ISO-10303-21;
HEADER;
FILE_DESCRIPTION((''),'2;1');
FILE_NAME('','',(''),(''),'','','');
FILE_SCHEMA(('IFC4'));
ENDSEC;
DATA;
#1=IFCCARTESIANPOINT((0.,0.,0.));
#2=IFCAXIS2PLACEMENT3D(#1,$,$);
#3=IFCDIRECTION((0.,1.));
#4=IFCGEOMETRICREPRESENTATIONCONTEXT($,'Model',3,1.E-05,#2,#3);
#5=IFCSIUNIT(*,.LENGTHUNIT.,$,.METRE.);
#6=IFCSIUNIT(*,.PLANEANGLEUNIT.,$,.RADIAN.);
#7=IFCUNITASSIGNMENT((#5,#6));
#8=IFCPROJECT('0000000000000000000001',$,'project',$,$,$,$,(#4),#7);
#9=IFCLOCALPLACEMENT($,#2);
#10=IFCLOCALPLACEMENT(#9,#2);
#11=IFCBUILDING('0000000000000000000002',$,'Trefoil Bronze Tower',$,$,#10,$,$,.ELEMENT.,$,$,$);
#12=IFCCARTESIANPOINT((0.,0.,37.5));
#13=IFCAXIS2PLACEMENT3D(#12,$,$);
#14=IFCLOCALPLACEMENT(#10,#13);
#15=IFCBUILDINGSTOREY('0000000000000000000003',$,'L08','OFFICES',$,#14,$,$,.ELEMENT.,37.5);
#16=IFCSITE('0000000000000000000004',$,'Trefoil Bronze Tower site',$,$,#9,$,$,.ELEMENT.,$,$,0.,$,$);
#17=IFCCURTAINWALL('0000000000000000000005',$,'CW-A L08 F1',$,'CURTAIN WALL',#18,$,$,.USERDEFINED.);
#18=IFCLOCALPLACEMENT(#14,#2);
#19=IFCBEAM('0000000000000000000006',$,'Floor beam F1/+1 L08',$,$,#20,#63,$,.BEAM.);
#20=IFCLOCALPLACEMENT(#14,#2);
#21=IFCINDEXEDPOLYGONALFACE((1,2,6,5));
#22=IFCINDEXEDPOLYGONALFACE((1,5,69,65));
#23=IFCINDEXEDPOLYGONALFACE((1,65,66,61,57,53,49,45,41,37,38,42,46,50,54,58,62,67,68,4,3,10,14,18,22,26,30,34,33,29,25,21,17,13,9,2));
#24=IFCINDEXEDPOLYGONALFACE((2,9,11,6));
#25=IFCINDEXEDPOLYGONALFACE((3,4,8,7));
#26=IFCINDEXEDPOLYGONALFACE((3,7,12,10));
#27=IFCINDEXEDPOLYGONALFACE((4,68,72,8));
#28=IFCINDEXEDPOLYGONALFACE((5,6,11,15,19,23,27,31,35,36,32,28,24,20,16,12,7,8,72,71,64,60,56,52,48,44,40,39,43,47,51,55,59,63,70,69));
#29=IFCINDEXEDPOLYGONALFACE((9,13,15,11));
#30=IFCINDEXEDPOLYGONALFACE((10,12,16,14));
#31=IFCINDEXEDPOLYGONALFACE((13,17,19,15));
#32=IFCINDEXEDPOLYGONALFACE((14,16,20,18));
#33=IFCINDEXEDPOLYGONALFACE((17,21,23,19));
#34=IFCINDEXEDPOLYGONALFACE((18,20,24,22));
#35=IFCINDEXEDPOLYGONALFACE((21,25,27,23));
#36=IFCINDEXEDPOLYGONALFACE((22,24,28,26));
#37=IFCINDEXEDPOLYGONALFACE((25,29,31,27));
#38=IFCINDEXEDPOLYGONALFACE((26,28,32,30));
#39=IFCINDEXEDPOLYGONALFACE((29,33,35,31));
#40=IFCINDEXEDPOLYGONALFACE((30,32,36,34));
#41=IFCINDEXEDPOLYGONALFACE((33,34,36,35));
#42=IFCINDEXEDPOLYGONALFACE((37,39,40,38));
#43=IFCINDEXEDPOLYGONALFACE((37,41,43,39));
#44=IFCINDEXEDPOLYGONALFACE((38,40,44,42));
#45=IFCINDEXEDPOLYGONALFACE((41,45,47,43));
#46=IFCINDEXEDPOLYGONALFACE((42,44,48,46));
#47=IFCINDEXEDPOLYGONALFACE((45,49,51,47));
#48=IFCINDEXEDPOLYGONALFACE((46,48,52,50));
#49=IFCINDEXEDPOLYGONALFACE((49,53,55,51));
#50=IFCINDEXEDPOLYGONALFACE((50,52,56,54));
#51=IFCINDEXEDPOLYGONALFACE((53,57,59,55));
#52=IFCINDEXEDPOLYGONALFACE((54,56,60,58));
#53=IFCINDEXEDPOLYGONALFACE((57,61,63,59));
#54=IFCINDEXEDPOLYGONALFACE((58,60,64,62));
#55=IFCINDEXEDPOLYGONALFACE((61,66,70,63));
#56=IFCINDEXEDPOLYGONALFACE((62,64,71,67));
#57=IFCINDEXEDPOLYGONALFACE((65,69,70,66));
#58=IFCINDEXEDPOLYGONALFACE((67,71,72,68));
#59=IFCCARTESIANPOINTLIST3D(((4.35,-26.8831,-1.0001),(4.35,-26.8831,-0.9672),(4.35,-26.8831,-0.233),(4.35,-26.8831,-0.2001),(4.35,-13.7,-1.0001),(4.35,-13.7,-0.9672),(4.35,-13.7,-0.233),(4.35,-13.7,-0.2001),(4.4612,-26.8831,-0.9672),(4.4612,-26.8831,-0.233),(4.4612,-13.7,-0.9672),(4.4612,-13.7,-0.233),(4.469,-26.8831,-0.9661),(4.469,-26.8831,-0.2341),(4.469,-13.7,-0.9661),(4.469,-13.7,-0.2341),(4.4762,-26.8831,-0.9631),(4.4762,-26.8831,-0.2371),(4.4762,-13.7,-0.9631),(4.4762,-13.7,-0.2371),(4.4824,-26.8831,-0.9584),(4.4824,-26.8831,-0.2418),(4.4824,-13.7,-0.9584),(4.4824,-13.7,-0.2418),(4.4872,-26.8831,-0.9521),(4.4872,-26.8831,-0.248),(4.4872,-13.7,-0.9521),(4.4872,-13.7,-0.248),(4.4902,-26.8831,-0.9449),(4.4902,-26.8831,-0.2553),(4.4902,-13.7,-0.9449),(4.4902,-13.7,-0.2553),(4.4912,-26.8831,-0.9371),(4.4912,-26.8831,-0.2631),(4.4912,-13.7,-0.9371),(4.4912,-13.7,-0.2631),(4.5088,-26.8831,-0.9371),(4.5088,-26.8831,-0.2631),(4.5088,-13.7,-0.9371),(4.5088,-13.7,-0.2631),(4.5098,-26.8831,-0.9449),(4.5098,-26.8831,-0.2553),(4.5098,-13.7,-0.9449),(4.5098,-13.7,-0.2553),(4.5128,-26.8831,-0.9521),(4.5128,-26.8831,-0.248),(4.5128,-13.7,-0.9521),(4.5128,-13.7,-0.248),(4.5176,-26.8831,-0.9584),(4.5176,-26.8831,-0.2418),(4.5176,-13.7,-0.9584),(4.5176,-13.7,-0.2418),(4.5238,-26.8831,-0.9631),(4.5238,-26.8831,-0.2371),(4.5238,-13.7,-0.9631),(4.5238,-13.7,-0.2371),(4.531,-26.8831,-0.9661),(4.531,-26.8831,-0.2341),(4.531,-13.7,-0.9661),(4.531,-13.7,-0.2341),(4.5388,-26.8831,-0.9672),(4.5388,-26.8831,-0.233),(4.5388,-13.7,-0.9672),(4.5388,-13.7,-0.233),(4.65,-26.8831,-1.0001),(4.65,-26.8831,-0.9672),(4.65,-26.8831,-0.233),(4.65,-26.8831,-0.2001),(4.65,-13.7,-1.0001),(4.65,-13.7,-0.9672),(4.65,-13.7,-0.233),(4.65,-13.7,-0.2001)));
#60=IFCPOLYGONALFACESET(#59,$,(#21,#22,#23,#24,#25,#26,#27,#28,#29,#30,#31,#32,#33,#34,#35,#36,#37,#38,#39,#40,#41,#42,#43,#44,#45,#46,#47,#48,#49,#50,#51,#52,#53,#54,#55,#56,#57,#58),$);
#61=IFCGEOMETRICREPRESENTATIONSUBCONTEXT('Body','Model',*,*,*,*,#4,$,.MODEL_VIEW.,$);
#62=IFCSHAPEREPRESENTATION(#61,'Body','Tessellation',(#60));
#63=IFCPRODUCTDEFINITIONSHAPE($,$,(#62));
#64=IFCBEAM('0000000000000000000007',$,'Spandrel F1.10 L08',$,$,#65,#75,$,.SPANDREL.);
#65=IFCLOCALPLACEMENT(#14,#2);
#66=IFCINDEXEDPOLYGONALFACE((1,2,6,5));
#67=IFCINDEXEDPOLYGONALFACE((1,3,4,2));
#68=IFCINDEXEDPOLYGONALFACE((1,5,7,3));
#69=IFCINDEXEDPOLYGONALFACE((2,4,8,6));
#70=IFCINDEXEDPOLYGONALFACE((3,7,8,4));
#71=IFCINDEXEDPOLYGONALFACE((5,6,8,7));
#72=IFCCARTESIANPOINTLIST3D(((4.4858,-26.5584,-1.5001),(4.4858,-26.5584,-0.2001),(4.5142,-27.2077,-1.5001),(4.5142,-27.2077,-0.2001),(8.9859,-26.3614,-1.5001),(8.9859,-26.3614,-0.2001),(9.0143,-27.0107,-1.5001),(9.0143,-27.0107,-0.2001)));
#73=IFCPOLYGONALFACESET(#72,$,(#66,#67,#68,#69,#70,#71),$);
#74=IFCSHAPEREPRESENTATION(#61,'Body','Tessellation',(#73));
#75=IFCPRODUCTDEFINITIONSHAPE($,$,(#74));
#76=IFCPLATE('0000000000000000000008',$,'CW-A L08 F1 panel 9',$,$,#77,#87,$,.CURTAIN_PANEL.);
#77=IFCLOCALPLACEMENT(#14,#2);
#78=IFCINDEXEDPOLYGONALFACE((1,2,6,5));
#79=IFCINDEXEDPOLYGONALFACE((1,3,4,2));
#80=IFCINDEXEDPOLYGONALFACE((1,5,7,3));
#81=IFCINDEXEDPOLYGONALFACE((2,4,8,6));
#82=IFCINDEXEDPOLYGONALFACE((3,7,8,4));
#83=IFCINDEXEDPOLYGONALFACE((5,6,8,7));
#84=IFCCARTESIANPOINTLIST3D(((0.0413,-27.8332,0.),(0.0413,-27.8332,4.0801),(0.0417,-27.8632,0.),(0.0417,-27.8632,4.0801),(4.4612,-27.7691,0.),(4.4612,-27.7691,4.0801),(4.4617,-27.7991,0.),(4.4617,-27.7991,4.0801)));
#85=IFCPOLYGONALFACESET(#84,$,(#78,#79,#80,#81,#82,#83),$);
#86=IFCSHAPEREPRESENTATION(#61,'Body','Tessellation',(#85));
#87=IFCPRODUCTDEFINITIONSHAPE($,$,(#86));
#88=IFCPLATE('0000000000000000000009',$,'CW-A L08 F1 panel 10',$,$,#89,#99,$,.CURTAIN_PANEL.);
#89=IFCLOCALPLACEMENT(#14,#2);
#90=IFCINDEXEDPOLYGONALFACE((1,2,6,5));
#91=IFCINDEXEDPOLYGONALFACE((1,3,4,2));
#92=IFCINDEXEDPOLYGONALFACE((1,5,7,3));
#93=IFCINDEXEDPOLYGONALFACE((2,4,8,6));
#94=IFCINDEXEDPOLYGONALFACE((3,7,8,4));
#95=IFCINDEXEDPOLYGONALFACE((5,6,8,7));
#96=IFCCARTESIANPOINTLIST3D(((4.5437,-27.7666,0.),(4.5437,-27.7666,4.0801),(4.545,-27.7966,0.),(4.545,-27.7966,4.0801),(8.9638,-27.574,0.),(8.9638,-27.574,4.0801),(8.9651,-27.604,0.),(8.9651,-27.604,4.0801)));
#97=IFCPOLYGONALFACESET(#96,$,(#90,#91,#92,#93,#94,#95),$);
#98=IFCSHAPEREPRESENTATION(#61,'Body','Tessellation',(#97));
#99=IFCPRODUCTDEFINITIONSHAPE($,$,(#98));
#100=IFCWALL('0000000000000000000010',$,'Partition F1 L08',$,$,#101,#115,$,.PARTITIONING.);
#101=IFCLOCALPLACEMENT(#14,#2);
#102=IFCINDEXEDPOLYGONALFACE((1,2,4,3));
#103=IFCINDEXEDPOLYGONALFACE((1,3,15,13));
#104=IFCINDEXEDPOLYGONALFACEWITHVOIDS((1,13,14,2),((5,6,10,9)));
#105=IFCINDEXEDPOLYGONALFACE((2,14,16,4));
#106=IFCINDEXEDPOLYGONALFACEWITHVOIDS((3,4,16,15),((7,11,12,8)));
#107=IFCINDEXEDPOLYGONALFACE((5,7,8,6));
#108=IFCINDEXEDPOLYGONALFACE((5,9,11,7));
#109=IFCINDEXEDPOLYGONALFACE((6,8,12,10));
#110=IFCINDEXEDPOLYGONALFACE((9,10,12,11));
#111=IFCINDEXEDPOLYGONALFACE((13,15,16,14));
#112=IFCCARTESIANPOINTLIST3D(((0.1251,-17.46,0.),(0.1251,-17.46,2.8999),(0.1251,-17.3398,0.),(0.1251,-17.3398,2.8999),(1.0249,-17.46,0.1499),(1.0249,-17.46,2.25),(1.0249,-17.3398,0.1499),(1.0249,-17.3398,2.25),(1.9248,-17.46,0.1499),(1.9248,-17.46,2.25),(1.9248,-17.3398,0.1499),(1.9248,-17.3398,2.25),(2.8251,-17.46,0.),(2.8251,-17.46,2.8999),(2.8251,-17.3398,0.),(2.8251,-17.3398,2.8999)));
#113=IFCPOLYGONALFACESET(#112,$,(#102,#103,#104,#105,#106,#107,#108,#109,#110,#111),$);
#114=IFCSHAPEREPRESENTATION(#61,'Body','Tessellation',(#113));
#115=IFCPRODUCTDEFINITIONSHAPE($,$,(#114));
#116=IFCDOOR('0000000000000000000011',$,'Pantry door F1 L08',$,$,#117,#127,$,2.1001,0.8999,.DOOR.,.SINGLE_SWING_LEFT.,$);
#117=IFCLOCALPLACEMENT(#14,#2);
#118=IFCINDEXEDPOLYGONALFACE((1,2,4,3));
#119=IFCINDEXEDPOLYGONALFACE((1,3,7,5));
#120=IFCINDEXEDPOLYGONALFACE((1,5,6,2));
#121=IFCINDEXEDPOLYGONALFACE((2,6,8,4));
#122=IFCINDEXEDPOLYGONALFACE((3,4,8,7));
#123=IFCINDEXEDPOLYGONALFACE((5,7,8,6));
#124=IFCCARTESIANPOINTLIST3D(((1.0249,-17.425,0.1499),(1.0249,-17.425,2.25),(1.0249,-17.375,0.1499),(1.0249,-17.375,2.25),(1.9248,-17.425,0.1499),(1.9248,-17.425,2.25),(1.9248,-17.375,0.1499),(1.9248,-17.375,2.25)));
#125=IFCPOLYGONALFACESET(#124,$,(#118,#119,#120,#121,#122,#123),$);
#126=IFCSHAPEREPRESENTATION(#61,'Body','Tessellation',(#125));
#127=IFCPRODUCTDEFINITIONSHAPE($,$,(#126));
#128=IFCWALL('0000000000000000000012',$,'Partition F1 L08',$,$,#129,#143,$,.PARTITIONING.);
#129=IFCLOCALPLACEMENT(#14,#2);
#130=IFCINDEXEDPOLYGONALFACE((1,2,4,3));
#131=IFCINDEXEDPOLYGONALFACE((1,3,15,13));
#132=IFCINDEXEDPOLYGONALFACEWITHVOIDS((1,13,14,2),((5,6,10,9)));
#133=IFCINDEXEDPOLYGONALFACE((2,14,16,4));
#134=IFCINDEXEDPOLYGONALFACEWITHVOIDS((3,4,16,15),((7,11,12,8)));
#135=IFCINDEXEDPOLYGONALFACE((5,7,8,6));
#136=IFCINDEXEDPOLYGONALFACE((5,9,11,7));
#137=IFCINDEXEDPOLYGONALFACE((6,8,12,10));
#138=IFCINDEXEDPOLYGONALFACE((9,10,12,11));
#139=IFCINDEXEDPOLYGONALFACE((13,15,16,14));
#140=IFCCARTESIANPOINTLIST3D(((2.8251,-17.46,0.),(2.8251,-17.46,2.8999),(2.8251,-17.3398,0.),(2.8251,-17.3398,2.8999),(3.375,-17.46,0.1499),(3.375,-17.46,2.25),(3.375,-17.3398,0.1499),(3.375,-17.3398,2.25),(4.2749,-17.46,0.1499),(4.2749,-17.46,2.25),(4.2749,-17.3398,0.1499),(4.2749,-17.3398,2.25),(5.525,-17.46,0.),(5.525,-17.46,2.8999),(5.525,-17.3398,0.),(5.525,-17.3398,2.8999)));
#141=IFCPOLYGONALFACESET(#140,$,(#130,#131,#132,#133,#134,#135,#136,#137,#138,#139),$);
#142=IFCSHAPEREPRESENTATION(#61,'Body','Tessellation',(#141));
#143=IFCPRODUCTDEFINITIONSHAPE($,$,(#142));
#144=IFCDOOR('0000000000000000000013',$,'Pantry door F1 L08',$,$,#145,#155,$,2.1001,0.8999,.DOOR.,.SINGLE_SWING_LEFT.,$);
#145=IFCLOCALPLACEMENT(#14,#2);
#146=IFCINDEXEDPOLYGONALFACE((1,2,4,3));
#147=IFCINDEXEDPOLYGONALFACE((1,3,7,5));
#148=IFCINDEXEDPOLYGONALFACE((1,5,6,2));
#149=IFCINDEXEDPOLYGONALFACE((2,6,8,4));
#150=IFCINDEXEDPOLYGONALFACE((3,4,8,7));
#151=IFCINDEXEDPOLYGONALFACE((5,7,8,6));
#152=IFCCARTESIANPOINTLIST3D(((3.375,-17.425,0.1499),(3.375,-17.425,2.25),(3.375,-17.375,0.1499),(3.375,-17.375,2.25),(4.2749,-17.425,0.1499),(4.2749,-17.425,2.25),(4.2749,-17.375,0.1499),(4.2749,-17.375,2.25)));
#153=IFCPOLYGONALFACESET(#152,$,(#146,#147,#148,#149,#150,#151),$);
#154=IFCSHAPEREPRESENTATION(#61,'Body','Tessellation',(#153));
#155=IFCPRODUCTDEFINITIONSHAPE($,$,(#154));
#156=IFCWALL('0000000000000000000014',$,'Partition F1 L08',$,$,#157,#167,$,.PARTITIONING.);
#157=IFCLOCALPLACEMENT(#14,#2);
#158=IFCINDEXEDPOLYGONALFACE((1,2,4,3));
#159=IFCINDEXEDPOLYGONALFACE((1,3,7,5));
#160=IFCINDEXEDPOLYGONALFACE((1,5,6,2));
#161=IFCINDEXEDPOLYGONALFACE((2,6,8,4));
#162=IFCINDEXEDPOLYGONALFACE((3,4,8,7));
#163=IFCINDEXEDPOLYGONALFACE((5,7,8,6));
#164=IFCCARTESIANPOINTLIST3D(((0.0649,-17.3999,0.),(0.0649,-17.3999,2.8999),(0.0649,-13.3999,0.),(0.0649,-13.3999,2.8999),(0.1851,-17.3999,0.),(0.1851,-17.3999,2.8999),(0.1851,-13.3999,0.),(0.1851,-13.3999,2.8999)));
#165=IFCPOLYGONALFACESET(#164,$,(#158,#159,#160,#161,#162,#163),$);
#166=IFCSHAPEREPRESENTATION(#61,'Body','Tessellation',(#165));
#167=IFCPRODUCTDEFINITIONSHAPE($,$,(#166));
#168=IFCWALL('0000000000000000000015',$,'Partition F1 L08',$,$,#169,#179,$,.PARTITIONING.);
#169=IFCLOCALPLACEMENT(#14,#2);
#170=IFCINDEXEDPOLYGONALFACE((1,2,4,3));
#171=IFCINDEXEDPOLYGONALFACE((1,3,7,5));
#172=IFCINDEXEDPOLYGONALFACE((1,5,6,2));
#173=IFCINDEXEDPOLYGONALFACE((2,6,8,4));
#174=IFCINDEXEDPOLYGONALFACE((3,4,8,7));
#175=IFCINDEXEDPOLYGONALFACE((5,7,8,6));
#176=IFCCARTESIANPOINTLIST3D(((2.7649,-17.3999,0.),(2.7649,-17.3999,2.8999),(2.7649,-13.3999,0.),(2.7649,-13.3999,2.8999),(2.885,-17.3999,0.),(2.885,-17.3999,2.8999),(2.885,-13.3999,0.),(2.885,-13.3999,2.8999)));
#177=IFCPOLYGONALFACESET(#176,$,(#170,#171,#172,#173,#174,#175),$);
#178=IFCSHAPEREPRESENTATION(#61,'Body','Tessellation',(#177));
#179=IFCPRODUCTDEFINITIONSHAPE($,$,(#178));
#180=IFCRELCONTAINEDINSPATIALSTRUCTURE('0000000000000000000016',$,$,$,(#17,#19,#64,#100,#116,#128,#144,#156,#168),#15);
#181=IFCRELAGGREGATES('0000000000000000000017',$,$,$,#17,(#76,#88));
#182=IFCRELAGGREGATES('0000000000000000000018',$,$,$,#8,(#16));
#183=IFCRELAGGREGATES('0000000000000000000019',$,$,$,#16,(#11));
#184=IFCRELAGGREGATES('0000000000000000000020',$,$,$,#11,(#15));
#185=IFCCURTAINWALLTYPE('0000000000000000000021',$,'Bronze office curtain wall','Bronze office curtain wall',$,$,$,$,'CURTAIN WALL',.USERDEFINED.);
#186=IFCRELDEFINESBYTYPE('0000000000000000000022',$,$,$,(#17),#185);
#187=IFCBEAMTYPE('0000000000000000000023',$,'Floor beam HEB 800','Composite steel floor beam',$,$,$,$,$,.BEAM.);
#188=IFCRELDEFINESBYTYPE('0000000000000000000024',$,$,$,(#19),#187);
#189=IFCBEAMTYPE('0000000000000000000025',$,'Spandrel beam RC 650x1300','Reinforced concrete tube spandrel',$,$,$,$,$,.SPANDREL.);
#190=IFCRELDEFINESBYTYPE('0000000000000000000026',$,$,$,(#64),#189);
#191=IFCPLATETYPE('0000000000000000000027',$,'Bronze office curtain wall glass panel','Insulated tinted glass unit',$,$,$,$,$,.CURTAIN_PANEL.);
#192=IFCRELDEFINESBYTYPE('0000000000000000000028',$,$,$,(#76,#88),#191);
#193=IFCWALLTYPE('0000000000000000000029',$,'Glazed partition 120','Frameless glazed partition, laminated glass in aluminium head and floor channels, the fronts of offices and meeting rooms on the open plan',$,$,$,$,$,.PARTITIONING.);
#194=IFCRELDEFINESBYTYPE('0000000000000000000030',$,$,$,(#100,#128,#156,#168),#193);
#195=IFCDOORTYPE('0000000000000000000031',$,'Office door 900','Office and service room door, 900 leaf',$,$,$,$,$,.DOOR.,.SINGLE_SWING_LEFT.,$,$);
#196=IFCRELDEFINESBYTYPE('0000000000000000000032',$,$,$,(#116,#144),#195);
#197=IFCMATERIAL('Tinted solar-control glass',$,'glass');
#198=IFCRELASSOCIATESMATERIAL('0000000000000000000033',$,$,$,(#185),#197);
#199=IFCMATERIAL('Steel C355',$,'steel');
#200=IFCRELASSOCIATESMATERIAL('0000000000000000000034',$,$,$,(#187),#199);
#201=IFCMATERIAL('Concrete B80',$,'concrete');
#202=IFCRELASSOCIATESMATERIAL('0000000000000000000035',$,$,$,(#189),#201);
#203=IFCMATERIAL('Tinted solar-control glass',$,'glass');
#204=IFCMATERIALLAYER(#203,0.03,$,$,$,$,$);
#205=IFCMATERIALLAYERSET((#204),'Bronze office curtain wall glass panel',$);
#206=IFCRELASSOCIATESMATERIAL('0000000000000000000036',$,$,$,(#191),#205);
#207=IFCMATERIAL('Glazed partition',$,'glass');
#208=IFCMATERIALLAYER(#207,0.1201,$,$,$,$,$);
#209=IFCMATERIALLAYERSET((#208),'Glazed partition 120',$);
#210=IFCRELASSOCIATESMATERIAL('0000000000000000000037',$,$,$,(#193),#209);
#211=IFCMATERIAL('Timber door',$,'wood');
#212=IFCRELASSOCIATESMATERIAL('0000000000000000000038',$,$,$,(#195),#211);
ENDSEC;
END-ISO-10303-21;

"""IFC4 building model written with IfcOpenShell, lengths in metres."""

from ifc_helpers import new_model, si_unit, direction, frame, frame_2d, origin, origin_2d, place, context, subcontext, project, spatial, rectangle, i_section, extrude, material, layer, layer_set, material_profile, profile_set, type_object, element, fill, aggregate, save


model = new_model("IFC4")

# Units and contexts
model_context = context("Model", 3, precision=1e-05, world=origin(), true_north=direction((0.0, 1.0)))
body_context = subcontext(model_context, "Body", "Model", "MODEL_VIEW")
ifc_project = project(units=[si_unit("LENGTHUNIT", "METRE"), si_unit("PLANEANGLEUNIT", "RADIAN")], contexts=[model_context])

# Site, building, storey
site_placement = place(None, origin())
site = spatial("IfcSite", under=ifc_project, at=site_placement, Name="Trefoil Bronze Tower site", CompositionType="ELEMENT", RefElevation=0.0)
building_placement = place(site_placement, origin())
building = spatial("IfcBuilding", under=site, at=building_placement, Name="Trefoil Bronze Tower", CompositionType="ELEMENT")
storey_placement = place(building_placement, frame((0.0, 0.0, 37.5)))
storey = spatial("IfcBuildingStorey", under=building, at=storey_placement, Name="L08", Description="OFFICES", CompositionType="ELEMENT", Elevation=37.5)

# Curtain wall
ifc_material_1 = material(Name="Tinted solar-control glass", Category="glass")
curtain_wall_type = type_object("IfcCurtainWallType", Name="Bronze office curtain wall", Description="Bronze office curtain wall", ElementType="CURTAIN WALL", PredefinedType="USERDEFINED", material=ifc_material_1)
curtain_wall_placement = place(storey_placement, origin())
curtain_wall = element("IfcCurtainWall", 1, at=curtain_wall_placement, inside=storey, type_object=curtain_wall_type, Name="CW-A L08 F1", ObjectType="CURTAIN WALL", PredefinedType="USERDEFINED")

# Beams
ifc_material_2 = material(Name="Steel C355", Category="steel")
ifc_material_profile_1 = material_profile(ifc_material_2, i_section(OverallWidth=0.3, OverallDepth=0.8, WebThickness=0.0176, FlangeThickness=0.033, FilletRadius=0.03, at=origin_2d()), Name="HEB 800")
ifc_profile_set_1 = profile_set([ifc_material_profile_1], Name="Steel C355")
beam_type_1 = type_object("IfcBeamType", Name="Floor beam HEB 800", Description="Composite steel floor beam", PredefinedType="BEAM", material=ifc_profile_set_1)
beam_1_placement = place(storey_placement, frame((4.5, -26.8831, -0.6001), z_axis=(0.0, 1.0, 0.0), x_axis=(-1.0, 0.0, 0.0)))
element("IfcBeam", 2, at=beam_1_placement, inside=storey, type_object=beam_type_1, Name="Floor beam F1/+1 L08", PredefinedType="BEAM", context=body_context, shape_type="SweptSolid", body=[
    extrude(i_section(OverallWidth=0.3, OverallDepth=0.8, WebThickness=0.0176, FlangeThickness=0.033, FilletRadius=0.03, at=origin_2d()), origin(), (0.0, 0.0, 1.0), 13.1831),
])
ifc_material_3 = material(Name="Concrete B80", Category="concrete")
ifc_material_profile_2 = material_profile(ifc_material_3, rectangle(XDim=0.6499, YDim=1.3, at=origin_2d()), Name="RC 650x1300")
ifc_profile_set_2 = profile_set([ifc_material_profile_2], Name="Concrete B80")
beam_type_2 = type_object("IfcBeamType", Name="Spandrel beam RC 650x1300", Description="Reinforced concrete tube spandrel", PredefinedType="SPANDREL", material=ifc_profile_set_2)
beam_2_placement = place(storey_placement, frame((4.5, -26.8831, -0.8501), z_axis=(0.999043, 0.043741, 0.0), x_axis=(-0.043741, 0.999043, 0.0)))
element("IfcBeam", 3, at=beam_2_placement, inside=storey, type_object=beam_type_2, Name="Spandrel F1.10 L08", PredefinedType="SPANDREL", context=body_context, shape_type="SweptSolid", body=[
    extrude(rectangle(XDim=0.6499, YDim=1.3, at=origin_2d()), origin(), (0.0, 0.0, 1.0), 4.5044),
])

# Plates
ifc_material_4 = material(Name="Tinted solar-control glass", Category="glass")
ifc_layer_1 = layer(ifc_material_4, 0.03)
ifc_layer_set_1 = layer_set([ifc_layer_1], Name="Bronze office curtain wall glass panel")
plate_type = type_object("IfcPlateType", Name="Bronze office curtain wall glass panel", Description="Insulated tinted glass unit", PredefinedType="CURTAIN_PANEL", material=ifc_layer_set_1)
plate_1_placement = place(storey_placement, frame((2.2515, -27.8162, 0.0), z_axis=(0.0, 0.0, 1.0), x_axis=(0.999895, 0.014509, 0.0)))
plate_1 = element("IfcPlate", 4, at=plate_1_placement, type_object=plate_type, Name="CW-A L08 F1 panel 9", PredefinedType="CURTAIN_PANEL", context=body_context, shape_type="SweptSolid", body=[
    extrude(rectangle(XDim=4.4204, YDim=0.03, at=origin_2d()), origin(), (0.0, 0.0, 1.0), 4.0801),
])
plate_2_placement = place(storey_placement, frame((6.7544, -27.6853, 0.0), z_axis=(0.0, 0.0, 1.0), x_axis=(0.999052, 0.043528, 0.0)))
plate_2 = element("IfcPlate", 5, at=plate_2_placement, type_object=plate_type, Name="CW-A L08 F1 panel 10", PredefinedType="CURTAIN_PANEL", context=body_context, shape_type="SweptSolid", body=[
    extrude(rectangle(XDim=4.4243, YDim=0.03, at=origin_2d()), origin(), (0.0, 0.0, 1.0), 4.0801),
])
aggregate(curtain_wall, [plate_1, plate_2])

# Walls, openings, doors
ifc_material_5 = material(Name="Glazed partition", Category="glass")
ifc_layer_2 = layer(ifc_material_5, 0.1201)
ifc_layer_set_2 = layer_set([ifc_layer_2], Name="Glazed partition 120")
wall_type = type_object("IfcWallType", Name="Glazed partition 120", Description="Frameless glazed partition, laminated glass in aluminium head and floor channels, the fronts of offices and meeting rooms on the open plan", PredefinedType="PARTITIONING", material=ifc_layer_set_2)
wall_1_placement = place(storey_placement, frame((0.125, -17.3999, 0.0), z_axis=(0.0, 0.0, 1.0), x_axis=(1.0, 0.0, 0.0)))
wall_1 = element("IfcWall", 6, at=wall_1_placement, inside=storey, type_object=wall_type, Name="Partition F1 L08", PredefinedType="PARTITIONING", context=body_context, shape_type="SweptSolid", body=[
    extrude(rectangle(XDim=2.7, YDim=0.1201, at=frame_2d((1.3501, 0.0))), origin(), (0.0, 0.0, 1.0), 2.8999),
])
opening_1_placement = place(wall_1_placement, frame((0.8999, 0.0, 0.1499)))
opening_1 = element("IfcOpeningElement", 7, at=opening_1_placement, cuts=wall_1, PredefinedType="OPENING", context=body_context, shape_type="SweptSolid", body=[
    extrude(rectangle(XDim=0.8999, YDim=2.1001, at=frame_2d((0.45, 1.05))), frame((0.0, 0.0701, 0.0), z_axis=(0.0, -1.0, 0.0), x_axis=(1.0, 0.0, 0.0)), (0.0, 0.0, 1.0), 0.1401),
])
ifc_material_6 = material(Name="Timber door", Category="wood")
door_type = type_object("IfcDoorType", Name="Office door 900", Description="Office and service room door, 900 leaf", OperationType="SINGLE_SWING_LEFT", PredefinedType="DOOR", material=ifc_material_6)
door_1_placement = place(opening_1_placement, origin())
door_1 = element("IfcDoor", 8, at=door_1_placement, inside=storey, type_object=door_type, Name="Pantry door F1 L08", OperationType="SINGLE_SWING_LEFT", OverallHeight=2.1001, OverallWidth=0.8999, PredefinedType="DOOR", context=body_context, shape_type="SweptSolid", body=[
    extrude(rectangle(XDim=0.8999, YDim=2.1001, at=frame_2d((0.45, 1.05))), frame((0.0, 0.0249, 0.0), z_axis=(0.0, -1.0, 0.0), x_axis=(1.0, 0.0, 0.0)), (0.0, 0.0, 1.0), 0.05),
])
fill(opening_1, door_1)
wall_2_placement = place(storey_placement, frame((2.825, -17.3999, 0.0), z_axis=(0.0, 0.0, 1.0), x_axis=(1.0, 0.0, 0.0)))
wall_2 = element("IfcWall", 9, at=wall_2_placement, inside=storey, type_object=wall_type, Name="Partition F1 L08", PredefinedType="PARTITIONING", context=body_context, shape_type="SweptSolid", body=[
    extrude(rectangle(XDim=2.7, YDim=0.1201, at=frame_2d((1.3501, 0.0))), origin(), (0.0, 0.0, 1.0), 2.8999),
])
opening_2_placement = place(wall_2_placement, frame((0.55, 0.0, 0.1499)))
opening_2 = element("IfcOpeningElement", 10, at=opening_2_placement, cuts=wall_2, PredefinedType="OPENING", context=body_context, shape_type="SweptSolid", body=[
    extrude(rectangle(XDim=0.8999, YDim=2.1001, at=frame_2d((0.45, 1.05))), frame((0.0, 0.0701, 0.0), z_axis=(0.0, -1.0, 0.0), x_axis=(1.0, 0.0, 0.0)), (0.0, 0.0, 1.0), 0.1401),
])
door_2_placement = place(opening_2_placement, origin())
door_2 = element("IfcDoor", 11, at=door_2_placement, inside=storey, type_object=door_type, Name="Pantry door F1 L08", OperationType="SINGLE_SWING_LEFT", OverallHeight=2.1001, OverallWidth=0.8999, PredefinedType="DOOR", context=body_context, shape_type="SweptSolid", body=[
    extrude(rectangle(XDim=0.8999, YDim=2.1001, at=frame_2d((0.45, 1.05))), frame((0.0, 0.0249, 0.0), z_axis=(0.0, -1.0, 0.0), x_axis=(1.0, 0.0, 0.0)), (0.0, 0.0, 1.0), 0.05),
])
fill(opening_2, door_2)

# Walls
for number, where, z_axis, x_axis, name in (
    (12, (0.125, -13.3999, 0.0), (0.0, 0.0, 1.0), (0.0, -1.0, 0.0), "Partition F1 L08"),
    (13, (2.825, -13.3999, 0.0), (0.0, 0.0, 1.0), (0.0, -1.0, 0.0), "Partition F1 L08"),
):
    element("IfcWall", number, at=place(storey_placement, frame(where, z_axis=z_axis, x_axis=x_axis)), inside=storey, type_object=wall_type, Name=name, PredefinedType="PARTITIONING", context=body_context, shape_type="SweptSolid", body=[
        extrude(rectangle(XDim=4.0, YDim=0.1201, at=frame_2d((2.0, 0.0))), origin(), (0.0, 0.0, 1.0), 2.8999),
    ])

save(model, "model.ifc")
